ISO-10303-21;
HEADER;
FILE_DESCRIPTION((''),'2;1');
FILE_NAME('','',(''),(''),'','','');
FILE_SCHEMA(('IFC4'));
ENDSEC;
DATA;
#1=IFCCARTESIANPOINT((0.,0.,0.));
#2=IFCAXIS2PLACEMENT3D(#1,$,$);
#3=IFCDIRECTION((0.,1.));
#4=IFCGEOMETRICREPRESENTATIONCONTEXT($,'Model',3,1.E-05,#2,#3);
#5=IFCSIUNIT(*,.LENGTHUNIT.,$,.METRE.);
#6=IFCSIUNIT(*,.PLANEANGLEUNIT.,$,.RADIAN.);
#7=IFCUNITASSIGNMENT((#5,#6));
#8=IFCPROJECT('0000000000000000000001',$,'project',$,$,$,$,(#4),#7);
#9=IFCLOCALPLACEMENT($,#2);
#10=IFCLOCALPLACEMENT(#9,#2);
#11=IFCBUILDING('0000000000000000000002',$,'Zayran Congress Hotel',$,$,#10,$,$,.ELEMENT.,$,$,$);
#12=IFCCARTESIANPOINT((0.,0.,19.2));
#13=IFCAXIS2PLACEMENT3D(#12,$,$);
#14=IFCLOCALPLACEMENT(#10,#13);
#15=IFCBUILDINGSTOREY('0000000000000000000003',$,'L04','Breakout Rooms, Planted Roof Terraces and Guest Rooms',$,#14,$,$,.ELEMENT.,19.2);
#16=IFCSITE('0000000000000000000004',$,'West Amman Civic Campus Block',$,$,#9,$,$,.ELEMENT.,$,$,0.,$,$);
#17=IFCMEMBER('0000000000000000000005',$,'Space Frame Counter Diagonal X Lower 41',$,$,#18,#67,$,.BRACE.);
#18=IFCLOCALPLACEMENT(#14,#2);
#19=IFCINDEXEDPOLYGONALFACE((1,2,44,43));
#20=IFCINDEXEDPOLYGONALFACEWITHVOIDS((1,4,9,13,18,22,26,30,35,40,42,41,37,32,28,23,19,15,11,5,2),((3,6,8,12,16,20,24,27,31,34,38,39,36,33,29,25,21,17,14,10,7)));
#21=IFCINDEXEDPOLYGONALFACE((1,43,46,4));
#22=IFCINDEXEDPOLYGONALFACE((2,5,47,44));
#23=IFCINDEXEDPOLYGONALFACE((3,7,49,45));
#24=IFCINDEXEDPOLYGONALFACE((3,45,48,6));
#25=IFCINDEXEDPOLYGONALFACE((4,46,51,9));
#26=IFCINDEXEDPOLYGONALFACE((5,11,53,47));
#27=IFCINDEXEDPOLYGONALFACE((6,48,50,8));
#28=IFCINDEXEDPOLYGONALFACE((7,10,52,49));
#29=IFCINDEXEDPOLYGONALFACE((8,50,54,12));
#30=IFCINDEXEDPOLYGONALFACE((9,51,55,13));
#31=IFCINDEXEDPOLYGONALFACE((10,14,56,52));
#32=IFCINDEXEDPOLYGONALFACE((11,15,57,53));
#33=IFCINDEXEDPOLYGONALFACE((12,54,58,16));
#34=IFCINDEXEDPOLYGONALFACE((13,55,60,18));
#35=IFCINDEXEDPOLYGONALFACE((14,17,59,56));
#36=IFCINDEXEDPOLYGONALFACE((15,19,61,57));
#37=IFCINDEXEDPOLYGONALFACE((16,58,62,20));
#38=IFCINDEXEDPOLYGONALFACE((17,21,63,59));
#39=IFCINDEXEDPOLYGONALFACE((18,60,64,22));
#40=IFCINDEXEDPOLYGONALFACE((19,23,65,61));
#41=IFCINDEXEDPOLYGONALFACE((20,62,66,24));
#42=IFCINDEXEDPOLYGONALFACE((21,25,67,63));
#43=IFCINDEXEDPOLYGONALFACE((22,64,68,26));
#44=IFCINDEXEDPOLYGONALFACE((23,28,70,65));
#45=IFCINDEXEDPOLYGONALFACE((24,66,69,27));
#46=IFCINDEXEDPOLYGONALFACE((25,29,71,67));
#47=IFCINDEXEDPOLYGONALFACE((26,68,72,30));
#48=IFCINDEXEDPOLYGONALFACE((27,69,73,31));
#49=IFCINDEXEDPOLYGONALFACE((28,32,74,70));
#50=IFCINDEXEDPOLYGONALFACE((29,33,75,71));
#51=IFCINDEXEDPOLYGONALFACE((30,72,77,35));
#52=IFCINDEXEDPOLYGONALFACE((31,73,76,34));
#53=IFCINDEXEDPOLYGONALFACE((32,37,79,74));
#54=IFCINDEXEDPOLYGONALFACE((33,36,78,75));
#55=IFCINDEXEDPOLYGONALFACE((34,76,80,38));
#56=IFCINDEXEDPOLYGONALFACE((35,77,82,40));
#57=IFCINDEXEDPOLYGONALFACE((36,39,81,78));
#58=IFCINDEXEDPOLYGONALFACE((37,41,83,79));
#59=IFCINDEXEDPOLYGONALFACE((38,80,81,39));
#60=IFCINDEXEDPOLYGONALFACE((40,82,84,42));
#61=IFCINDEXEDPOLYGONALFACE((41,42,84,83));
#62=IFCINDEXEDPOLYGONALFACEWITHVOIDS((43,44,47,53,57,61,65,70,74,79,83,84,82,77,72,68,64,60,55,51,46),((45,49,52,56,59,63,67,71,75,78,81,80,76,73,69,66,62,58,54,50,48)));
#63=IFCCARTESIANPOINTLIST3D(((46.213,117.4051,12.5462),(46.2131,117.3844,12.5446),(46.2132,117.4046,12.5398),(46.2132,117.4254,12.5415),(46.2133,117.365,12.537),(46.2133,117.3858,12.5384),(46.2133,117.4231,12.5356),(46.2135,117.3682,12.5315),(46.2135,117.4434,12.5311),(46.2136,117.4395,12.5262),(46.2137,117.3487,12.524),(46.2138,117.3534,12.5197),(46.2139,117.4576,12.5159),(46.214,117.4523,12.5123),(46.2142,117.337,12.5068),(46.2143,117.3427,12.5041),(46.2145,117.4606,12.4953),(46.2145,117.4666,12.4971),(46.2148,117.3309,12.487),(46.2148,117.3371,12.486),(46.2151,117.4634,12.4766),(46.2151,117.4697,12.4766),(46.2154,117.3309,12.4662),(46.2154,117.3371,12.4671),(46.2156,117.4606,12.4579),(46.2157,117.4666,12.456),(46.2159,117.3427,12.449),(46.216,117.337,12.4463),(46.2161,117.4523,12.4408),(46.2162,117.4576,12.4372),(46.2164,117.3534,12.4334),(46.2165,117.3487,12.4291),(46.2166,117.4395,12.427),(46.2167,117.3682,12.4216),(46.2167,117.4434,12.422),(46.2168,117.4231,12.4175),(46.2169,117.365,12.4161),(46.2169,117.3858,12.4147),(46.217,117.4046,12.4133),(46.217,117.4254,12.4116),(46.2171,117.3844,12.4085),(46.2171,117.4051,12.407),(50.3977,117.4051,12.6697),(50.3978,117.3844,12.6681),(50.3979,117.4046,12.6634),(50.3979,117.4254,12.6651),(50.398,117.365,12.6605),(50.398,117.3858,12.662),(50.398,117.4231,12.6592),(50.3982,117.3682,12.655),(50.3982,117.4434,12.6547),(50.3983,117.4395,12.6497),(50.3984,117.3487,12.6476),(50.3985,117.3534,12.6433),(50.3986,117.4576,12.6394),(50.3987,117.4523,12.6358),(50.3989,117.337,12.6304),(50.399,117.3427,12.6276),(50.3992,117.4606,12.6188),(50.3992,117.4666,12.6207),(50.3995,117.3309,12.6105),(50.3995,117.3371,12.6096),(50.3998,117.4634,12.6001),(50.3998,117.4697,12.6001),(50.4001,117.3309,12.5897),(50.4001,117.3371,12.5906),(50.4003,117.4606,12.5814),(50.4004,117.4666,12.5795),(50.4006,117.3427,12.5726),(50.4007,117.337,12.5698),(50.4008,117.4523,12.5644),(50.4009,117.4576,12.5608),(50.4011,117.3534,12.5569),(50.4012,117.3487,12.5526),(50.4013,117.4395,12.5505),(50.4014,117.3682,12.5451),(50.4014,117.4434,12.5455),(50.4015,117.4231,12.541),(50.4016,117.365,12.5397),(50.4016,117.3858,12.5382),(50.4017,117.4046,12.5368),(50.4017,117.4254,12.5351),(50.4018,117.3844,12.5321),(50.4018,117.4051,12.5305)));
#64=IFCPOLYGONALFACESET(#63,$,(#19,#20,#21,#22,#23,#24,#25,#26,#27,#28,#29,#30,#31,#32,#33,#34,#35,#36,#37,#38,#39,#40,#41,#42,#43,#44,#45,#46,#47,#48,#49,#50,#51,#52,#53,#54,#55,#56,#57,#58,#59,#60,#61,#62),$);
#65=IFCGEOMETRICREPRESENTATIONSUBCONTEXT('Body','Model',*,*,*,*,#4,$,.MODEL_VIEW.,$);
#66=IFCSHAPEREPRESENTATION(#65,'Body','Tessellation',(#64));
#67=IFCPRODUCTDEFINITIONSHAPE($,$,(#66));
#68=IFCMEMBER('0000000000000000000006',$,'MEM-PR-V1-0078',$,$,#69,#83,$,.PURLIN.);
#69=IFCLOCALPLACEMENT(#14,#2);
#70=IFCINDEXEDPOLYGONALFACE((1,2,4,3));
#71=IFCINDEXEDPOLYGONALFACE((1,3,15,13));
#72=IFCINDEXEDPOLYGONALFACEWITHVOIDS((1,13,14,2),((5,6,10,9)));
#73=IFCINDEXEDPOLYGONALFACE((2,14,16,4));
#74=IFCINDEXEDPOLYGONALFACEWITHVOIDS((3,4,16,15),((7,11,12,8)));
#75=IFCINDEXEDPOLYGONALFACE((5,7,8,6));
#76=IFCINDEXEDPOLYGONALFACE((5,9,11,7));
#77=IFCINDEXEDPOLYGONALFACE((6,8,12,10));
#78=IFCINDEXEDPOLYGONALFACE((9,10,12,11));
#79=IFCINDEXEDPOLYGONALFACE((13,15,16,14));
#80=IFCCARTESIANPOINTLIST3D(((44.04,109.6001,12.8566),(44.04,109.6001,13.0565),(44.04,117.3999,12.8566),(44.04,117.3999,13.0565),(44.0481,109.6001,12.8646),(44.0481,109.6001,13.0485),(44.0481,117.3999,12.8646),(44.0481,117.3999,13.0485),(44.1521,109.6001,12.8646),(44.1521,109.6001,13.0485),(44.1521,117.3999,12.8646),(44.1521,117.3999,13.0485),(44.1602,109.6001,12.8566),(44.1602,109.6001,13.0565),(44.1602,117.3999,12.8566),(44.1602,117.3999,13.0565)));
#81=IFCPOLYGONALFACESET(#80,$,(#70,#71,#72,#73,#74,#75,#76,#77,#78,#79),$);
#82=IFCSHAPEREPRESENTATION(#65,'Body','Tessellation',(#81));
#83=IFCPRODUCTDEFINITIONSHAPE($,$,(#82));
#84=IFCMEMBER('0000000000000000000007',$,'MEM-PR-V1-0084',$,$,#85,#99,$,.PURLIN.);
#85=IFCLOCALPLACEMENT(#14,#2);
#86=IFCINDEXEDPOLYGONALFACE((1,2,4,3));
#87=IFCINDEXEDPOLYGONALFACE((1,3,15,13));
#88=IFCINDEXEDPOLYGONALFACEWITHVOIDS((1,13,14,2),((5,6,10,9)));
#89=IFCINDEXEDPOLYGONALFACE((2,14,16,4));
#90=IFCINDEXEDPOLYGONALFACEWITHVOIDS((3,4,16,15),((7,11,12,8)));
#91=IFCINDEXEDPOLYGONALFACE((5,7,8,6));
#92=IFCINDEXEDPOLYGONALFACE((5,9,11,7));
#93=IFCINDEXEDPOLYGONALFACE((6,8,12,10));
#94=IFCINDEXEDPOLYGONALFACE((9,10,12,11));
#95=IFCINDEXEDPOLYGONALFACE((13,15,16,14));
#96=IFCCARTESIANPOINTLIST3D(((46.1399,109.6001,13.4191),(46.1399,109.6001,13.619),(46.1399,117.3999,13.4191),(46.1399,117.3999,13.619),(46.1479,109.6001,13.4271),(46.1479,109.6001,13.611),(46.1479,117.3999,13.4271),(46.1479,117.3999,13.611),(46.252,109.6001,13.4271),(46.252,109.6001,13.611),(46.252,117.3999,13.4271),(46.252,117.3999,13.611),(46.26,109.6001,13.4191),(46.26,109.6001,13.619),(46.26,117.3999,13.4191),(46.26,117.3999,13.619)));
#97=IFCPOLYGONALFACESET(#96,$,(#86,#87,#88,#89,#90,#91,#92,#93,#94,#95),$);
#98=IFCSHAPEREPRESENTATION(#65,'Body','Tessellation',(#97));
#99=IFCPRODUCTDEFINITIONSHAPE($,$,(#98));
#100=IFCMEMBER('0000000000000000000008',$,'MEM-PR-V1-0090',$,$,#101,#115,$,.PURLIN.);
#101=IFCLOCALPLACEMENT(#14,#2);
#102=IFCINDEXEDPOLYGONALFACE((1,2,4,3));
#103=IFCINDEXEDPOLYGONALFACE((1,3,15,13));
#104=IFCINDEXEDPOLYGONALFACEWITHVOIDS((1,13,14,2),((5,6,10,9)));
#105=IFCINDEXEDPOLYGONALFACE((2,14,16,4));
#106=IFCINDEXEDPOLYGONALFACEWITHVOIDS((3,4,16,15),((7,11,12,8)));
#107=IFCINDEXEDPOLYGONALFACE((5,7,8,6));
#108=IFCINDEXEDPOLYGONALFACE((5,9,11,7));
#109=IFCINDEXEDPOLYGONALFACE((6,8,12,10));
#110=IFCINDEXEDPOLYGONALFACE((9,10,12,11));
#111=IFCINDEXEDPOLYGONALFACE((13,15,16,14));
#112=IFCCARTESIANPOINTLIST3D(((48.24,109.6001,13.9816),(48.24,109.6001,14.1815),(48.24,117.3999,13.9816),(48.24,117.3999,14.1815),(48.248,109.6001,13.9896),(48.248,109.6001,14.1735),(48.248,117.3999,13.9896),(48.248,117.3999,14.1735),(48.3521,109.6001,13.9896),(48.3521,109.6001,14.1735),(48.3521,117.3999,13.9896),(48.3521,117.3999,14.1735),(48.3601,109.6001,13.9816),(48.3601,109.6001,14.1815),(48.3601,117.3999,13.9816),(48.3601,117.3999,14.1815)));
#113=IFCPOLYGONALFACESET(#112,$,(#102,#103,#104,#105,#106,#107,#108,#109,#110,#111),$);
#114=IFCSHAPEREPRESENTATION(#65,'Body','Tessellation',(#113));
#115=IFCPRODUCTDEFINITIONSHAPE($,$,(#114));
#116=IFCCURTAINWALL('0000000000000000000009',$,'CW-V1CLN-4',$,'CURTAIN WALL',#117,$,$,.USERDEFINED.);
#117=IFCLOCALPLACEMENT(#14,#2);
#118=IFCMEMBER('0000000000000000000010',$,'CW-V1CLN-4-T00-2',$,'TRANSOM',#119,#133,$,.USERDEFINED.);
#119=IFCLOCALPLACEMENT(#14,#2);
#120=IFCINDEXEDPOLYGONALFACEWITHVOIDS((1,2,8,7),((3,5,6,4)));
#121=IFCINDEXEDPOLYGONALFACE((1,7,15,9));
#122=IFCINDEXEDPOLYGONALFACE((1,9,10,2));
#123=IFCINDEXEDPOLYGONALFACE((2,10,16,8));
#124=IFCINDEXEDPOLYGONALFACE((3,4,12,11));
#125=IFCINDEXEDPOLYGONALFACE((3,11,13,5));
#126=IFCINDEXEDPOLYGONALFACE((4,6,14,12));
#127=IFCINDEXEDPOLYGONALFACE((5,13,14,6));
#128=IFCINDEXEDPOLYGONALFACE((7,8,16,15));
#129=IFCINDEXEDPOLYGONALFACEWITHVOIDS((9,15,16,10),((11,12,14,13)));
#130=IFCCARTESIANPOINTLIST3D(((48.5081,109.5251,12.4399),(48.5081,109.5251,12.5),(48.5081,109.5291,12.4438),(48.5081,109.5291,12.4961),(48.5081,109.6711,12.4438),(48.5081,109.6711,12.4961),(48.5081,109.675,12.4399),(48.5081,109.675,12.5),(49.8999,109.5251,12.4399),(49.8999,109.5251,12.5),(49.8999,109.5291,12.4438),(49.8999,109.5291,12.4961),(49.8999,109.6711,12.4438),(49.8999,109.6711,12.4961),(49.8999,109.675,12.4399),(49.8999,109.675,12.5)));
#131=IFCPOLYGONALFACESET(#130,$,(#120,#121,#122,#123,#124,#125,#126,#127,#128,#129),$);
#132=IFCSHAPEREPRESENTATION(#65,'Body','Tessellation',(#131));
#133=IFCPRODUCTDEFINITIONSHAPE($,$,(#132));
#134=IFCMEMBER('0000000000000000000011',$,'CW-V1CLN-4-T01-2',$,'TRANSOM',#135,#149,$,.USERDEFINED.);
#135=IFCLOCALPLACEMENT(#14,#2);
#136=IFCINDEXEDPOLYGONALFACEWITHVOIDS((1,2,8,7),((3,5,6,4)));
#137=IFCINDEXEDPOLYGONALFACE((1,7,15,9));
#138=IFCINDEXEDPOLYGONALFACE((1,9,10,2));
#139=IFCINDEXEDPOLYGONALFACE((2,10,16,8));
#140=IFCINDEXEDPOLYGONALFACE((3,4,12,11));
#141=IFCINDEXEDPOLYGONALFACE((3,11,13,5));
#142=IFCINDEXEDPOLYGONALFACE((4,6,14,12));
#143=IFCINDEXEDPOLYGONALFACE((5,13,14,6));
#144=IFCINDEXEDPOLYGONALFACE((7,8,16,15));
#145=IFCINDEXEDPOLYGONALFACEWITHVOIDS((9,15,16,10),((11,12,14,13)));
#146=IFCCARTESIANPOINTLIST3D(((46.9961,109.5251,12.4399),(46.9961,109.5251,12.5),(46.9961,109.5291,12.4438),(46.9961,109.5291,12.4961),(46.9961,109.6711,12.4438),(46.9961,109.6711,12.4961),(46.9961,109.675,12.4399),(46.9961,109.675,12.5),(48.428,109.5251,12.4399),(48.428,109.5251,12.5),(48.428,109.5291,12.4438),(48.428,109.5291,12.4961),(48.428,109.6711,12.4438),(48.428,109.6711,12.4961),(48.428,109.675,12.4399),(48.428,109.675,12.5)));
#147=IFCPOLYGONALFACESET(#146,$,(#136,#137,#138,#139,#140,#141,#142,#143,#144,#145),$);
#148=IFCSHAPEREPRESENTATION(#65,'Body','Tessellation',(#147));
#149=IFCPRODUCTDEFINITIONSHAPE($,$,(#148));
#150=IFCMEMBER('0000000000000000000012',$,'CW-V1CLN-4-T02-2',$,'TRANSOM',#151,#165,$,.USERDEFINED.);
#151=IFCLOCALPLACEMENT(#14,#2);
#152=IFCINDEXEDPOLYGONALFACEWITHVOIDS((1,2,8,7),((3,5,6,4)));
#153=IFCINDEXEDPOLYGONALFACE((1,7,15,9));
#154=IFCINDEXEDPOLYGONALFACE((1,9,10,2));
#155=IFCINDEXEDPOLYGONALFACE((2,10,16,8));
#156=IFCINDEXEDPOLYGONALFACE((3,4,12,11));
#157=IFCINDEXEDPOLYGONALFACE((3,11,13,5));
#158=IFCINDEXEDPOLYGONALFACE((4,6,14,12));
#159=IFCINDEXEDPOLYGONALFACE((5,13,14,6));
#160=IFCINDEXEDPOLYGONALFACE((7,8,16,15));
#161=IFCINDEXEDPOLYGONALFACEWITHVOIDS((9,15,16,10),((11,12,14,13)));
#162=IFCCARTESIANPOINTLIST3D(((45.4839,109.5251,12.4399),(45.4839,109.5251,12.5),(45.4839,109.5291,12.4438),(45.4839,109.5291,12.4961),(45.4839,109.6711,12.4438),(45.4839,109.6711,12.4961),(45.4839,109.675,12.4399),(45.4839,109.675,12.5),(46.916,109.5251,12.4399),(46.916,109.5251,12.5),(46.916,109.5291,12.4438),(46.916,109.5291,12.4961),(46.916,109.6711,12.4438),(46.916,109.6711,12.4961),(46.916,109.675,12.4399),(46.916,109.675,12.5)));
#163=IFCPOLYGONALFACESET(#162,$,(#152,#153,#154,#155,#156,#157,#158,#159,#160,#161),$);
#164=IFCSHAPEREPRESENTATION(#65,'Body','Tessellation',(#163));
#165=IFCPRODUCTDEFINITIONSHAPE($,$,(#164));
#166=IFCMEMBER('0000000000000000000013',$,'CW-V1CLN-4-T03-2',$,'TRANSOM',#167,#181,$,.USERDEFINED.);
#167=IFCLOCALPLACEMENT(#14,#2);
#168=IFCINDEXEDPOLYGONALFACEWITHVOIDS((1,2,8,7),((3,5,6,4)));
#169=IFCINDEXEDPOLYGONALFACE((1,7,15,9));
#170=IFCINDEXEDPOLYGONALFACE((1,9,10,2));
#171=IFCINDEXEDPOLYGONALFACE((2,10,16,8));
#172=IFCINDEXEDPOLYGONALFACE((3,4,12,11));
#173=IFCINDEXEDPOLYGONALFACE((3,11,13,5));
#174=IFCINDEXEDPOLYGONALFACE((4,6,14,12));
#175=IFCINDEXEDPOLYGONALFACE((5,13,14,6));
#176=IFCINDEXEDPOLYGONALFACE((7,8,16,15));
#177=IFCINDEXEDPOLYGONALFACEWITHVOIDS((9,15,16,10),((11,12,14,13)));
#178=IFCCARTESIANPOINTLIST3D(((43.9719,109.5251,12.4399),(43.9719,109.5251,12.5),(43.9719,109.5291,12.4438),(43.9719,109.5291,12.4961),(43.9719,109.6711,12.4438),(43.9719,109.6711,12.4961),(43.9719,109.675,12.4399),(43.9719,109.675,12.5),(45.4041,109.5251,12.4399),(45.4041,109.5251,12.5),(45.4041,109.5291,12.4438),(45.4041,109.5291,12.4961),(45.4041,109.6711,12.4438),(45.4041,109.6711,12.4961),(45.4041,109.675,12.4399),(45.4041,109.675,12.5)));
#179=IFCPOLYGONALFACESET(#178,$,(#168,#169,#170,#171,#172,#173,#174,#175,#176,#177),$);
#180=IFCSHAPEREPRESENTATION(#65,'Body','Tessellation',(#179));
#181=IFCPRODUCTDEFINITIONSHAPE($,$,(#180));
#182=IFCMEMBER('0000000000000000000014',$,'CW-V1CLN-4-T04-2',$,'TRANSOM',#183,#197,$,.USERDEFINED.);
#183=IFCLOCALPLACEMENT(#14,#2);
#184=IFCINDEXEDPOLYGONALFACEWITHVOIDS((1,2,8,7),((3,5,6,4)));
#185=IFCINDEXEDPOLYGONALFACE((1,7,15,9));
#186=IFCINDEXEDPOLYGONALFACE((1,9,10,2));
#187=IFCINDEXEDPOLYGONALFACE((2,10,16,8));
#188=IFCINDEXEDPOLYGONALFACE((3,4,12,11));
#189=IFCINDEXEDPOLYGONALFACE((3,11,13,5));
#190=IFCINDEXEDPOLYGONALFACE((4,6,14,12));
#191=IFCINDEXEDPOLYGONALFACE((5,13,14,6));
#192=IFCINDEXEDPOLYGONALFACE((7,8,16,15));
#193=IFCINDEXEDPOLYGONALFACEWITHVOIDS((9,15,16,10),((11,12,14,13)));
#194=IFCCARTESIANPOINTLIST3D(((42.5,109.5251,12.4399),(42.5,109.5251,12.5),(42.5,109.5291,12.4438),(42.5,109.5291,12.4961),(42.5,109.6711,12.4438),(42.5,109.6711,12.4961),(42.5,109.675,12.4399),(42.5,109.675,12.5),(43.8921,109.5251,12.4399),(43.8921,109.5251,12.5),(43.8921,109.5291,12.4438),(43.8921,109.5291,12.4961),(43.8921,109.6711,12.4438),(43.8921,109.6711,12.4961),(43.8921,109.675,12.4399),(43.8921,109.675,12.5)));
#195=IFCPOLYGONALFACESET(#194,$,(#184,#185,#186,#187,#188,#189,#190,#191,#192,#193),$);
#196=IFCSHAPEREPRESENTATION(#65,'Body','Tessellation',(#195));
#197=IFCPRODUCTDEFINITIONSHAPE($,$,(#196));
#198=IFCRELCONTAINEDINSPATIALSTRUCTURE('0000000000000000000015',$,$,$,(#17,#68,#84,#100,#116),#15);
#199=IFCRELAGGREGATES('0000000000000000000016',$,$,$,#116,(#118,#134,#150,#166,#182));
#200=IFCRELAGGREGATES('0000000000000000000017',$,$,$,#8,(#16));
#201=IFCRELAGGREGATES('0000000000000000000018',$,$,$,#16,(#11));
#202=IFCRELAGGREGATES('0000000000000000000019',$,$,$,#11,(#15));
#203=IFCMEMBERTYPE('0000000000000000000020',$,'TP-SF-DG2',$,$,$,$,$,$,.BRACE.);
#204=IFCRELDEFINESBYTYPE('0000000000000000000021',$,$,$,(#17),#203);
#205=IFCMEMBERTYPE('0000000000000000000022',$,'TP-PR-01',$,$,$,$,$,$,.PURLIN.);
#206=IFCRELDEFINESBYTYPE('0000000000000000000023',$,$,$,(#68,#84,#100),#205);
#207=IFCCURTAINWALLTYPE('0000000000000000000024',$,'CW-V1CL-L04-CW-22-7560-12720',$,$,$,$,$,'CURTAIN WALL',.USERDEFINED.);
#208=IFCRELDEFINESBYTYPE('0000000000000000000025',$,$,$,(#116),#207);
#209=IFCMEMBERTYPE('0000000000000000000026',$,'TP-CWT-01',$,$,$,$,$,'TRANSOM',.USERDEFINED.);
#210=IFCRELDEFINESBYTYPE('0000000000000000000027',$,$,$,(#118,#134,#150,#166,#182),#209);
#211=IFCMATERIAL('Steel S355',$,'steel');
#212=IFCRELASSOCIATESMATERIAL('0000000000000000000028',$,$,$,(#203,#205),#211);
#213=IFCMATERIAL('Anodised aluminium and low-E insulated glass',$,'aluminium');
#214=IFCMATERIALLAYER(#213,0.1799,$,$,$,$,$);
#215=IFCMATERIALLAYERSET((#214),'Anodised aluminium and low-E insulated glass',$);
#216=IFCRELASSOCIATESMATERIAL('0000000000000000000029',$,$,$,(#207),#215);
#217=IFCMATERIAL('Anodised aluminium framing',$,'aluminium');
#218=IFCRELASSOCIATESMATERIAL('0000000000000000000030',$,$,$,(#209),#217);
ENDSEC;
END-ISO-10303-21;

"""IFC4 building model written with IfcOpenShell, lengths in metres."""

from ifc_helpers import new_model, si_unit, direction, frame, origin, origin_2d, place, context, subcontext, project, spatial, hollow_rectangle, hollow_circle, extrude, material, layer, layer_set, material_profile, profile_set, type_object, element, aggregate, save


model = new_model("IFC4")

# Units and contexts
model_context = context("Model", 3, precision=1e-05, world=origin(), true_north=direction((0.0, 1.0)))
body_context = subcontext(model_context, "Body", "Model", "MODEL_VIEW")
ifc_project = project(units=[si_unit("LENGTHUNIT", "METRE"), si_unit("PLANEANGLEUNIT", "RADIAN")], contexts=[model_context])

# Site, building, storey
site_placement = place(None, origin())
site = spatial("IfcSite", under=ifc_project, at=site_placement, Name="West Amman Civic Campus Block", CompositionType="ELEMENT", RefElevation=0.0)
building_placement = place(site_placement, origin())
building = spatial("IfcBuilding", under=site, at=building_placement, Name="Zayran Congress Hotel", CompositionType="ELEMENT")
storey_placement = place(building_placement, frame((0.0, 0.0, 19.2)))
storey = spatial("IfcBuildingStorey", under=building, at=storey_placement, Name="L04", Description="Breakout Rooms, Planted Roof Terraces and Guest Rooms", CompositionType="ELEMENT", Elevation=19.2)

# Members
ifc_material_1 = material(Name="Steel S355", Category="steel")
ifc_material_profile_1 = material_profile(ifc_material_1, hollow_circle(Radius=0.0698, WallThickness=0.0063, at=origin_2d()), Name="CHS 139.7x6.3")
ifc_profile_set_1 = profile_set([ifc_material_profile_1], Name="Steel S355")
member_type_1 = type_object("IfcMemberType", Name="TP-SF-DG2", PredefinedType="BRACE", material=ifc_profile_set_1)
member_1_placement = place(storey_placement, frame((46.2151, 117.3999, 12.4766), z_axis=(0.999565, 0.0, 0.029507), x_axis=(0.0, 1.0, 0.0)))
element("IfcMember", 1, at=member_1_placement, inside=storey, type_object=member_type_1, Name="Space Frame Counter Diagonal X Lower 41", PredefinedType="BRACE", context=body_context, shape_type="SweptSolid", body=[
    extrude(hollow_circle(Radius=0.0698, WallThickness=0.0063, at=origin_2d()), origin(), (0.0, 0.0, 1.0), 4.1865),
])
ifc_material_profile_2 = material_profile(ifc_material_1, hollow_rectangle(XDim=0.1201, YDim=0.2, WallThickness=0.0081, at=origin_2d()), Name="RHS 200x120x8")
ifc_profile_set_2 = profile_set([ifc_material_profile_2], Name="Steel S355")
member_type_2 = type_object("IfcMemberType", Name="TP-PR-01", PredefinedType="PURLIN", material=ifc_profile_set_2)
for number, where, z_axis, x_axis, name in (
    (2, (44.1001, 109.6001, 12.9565), (0.0, 1.0, 0.0), (-1.0, 0.0, 0.0), "MEM-PR-V1-0078"),
    (3, (46.2, 109.6001, 13.519), (0.0, 1.0, 0.0), (-1.0, 0.0, 0.0), "MEM-PR-V1-0084"),
    (4, (48.3, 109.6001, 14.0815), (0.0, 1.0, 0.0), (-1.0, 0.0, 0.0), "MEM-PR-V1-0090"),
):
    element("IfcMember", number, at=place(storey_placement, frame(where, z_axis=z_axis, x_axis=x_axis)), inside=storey, type_object=member_type_2, Name=name, PredefinedType="PURLIN", context=body_context, shape_type="SweptSolid", body=[
        extrude(hollow_rectangle(XDim=0.1201, YDim=0.2, WallThickness=0.0081, at=origin_2d()), origin(), (0.0, 0.0, 1.0), 7.7998),
    ])

# Curtain wall, members
ifc_material_2 = material(Name="Anodised aluminium and low-E insulated glass", Category="aluminium")
ifc_layer_1 = layer(ifc_material_2, 0.1799)
ifc_layer_set_1 = layer_set([ifc_layer_1], Name="Anodised aluminium and low-E insulated glass")
curtain_wall_type = type_object("IfcCurtainWallType", Name="CW-V1CL-L04-CW-22-7560-12720", ElementType="CURTAIN WALL", PredefinedType="USERDEFINED", material=ifc_layer_set_1)
curtain_wall_placement = place(storey_placement, origin())
curtain_wall = element("IfcCurtainWall", 5, at=curtain_wall_placement, inside=storey, type_object=curtain_wall_type, Name="CW-V1CLN-4", ObjectType="CURTAIN WALL", PredefinedType="USERDEFINED")
ifc_material_3 = material(Name="Anodised aluminium framing", Category="aluminium")
ifc_material_profile_3 = material_profile(ifc_material_3, hollow_rectangle(XDim=0.0601, YDim=0.1499, WallThickness=0.0039, at=origin_2d()), Name="RHS 150x60x4")
ifc_profile_set_3 = profile_set([ifc_material_profile_3], Name="Anodised aluminium framing")
member_type_3 = type_object("IfcMemberType", Name="TP-CWT-01", ElementType="TRANSOM", PredefinedType="USERDEFINED", material=ifc_profile_set_3)
member_2_placement = place(storey_placement, frame((49.8999, 109.6001, 12.47), z_axis=(-1.0, 0.0, 0.0), x_axis=(0.0, 0.0, 1.0)))
member_2 = element("IfcMember", 6, at=member_2_placement, type_object=member_type_3, Name="CW-V1CLN-4-T00-2", ObjectType="TRANSOM", PredefinedType="USERDEFINED", context=body_context, shape_type="SweptSolid", body=[
    extrude(hollow_rectangle(XDim=0.0601, YDim=0.1499, WallThickness=0.0039, at=origin_2d()), origin(), (0.0, 0.0, 1.0), 1.3918),
])
member_3_placement = place(storey_placement, frame((48.428, 109.6001, 12.47), z_axis=(-1.0, 0.0, 0.0), x_axis=(0.0, 0.0, 1.0)))
member_3 = element("IfcMember", 7, at=member_3_placement, type_object=member_type_3, Name="CW-V1CLN-4-T01-2", ObjectType="TRANSOM", PredefinedType="USERDEFINED", context=body_context, shape_type="SweptSolid", body=[
    extrude(hollow_rectangle(XDim=0.0601, YDim=0.1499, WallThickness=0.0039, at=origin_2d()), origin(), (0.0, 0.0, 1.0), 1.4319),
])
member_4_placement = place(storey_placement, frame((46.916, 109.6001, 12.47), z_axis=(-1.0, 0.0, 0.0), x_axis=(0.0, 0.0, 1.0)))
member_4 = element("IfcMember", 8, at=member_4_placement, type_object=member_type_3, Name="CW-V1CLN-4-T02-2", ObjectType="TRANSOM", PredefinedType="USERDEFINED", context=body_context, shape_type="SweptSolid", body=[
    extrude(hollow_rectangle(XDim=0.0601, YDim=0.1499, WallThickness=0.0039, at=origin_2d()), origin(), (0.0, 0.0, 1.0), 1.4321),
])
member_5_placement = place(storey_placement, frame((45.4041, 109.6001, 12.47), z_axis=(-1.0, 0.0, 0.0), x_axis=(0.0, 0.0, 1.0)))
member_5 = element("IfcMember", 9, at=member_5_placement, type_object=member_type_3, Name="CW-V1CLN-4-T03-2", ObjectType="TRANSOM", PredefinedType="USERDEFINED", context=body_context, shape_type="SweptSolid", body=[
    extrude(hollow_rectangle(XDim=0.0601, YDim=0.1499, WallThickness=0.0039, at=origin_2d()), origin(), (0.0, 0.0, 1.0), 1.4321),
])
member_6_placement = place(storey_placement, frame((43.8921, 109.6001, 12.47), z_axis=(-1.0, 0.0, 0.0), x_axis=(0.0, 0.0, 1.0)))
member_6 = element("IfcMember", 10, at=member_6_placement, type_object=member_type_3, Name="CW-V1CLN-4-T04-2", ObjectType="TRANSOM", PredefinedType="USERDEFINED", context=body_context, shape_type="SweptSolid", body=[
    extrude(hollow_rectangle(XDim=0.0601, YDim=0.1499, WallThickness=0.0039, at=origin_2d()), origin(), (0.0, 0.0, 1.0), 1.3921),
])
aggregate(curtain_wall, [member_2, member_3, member_4, member_5, member_6])

save(model, "model.ifc")
